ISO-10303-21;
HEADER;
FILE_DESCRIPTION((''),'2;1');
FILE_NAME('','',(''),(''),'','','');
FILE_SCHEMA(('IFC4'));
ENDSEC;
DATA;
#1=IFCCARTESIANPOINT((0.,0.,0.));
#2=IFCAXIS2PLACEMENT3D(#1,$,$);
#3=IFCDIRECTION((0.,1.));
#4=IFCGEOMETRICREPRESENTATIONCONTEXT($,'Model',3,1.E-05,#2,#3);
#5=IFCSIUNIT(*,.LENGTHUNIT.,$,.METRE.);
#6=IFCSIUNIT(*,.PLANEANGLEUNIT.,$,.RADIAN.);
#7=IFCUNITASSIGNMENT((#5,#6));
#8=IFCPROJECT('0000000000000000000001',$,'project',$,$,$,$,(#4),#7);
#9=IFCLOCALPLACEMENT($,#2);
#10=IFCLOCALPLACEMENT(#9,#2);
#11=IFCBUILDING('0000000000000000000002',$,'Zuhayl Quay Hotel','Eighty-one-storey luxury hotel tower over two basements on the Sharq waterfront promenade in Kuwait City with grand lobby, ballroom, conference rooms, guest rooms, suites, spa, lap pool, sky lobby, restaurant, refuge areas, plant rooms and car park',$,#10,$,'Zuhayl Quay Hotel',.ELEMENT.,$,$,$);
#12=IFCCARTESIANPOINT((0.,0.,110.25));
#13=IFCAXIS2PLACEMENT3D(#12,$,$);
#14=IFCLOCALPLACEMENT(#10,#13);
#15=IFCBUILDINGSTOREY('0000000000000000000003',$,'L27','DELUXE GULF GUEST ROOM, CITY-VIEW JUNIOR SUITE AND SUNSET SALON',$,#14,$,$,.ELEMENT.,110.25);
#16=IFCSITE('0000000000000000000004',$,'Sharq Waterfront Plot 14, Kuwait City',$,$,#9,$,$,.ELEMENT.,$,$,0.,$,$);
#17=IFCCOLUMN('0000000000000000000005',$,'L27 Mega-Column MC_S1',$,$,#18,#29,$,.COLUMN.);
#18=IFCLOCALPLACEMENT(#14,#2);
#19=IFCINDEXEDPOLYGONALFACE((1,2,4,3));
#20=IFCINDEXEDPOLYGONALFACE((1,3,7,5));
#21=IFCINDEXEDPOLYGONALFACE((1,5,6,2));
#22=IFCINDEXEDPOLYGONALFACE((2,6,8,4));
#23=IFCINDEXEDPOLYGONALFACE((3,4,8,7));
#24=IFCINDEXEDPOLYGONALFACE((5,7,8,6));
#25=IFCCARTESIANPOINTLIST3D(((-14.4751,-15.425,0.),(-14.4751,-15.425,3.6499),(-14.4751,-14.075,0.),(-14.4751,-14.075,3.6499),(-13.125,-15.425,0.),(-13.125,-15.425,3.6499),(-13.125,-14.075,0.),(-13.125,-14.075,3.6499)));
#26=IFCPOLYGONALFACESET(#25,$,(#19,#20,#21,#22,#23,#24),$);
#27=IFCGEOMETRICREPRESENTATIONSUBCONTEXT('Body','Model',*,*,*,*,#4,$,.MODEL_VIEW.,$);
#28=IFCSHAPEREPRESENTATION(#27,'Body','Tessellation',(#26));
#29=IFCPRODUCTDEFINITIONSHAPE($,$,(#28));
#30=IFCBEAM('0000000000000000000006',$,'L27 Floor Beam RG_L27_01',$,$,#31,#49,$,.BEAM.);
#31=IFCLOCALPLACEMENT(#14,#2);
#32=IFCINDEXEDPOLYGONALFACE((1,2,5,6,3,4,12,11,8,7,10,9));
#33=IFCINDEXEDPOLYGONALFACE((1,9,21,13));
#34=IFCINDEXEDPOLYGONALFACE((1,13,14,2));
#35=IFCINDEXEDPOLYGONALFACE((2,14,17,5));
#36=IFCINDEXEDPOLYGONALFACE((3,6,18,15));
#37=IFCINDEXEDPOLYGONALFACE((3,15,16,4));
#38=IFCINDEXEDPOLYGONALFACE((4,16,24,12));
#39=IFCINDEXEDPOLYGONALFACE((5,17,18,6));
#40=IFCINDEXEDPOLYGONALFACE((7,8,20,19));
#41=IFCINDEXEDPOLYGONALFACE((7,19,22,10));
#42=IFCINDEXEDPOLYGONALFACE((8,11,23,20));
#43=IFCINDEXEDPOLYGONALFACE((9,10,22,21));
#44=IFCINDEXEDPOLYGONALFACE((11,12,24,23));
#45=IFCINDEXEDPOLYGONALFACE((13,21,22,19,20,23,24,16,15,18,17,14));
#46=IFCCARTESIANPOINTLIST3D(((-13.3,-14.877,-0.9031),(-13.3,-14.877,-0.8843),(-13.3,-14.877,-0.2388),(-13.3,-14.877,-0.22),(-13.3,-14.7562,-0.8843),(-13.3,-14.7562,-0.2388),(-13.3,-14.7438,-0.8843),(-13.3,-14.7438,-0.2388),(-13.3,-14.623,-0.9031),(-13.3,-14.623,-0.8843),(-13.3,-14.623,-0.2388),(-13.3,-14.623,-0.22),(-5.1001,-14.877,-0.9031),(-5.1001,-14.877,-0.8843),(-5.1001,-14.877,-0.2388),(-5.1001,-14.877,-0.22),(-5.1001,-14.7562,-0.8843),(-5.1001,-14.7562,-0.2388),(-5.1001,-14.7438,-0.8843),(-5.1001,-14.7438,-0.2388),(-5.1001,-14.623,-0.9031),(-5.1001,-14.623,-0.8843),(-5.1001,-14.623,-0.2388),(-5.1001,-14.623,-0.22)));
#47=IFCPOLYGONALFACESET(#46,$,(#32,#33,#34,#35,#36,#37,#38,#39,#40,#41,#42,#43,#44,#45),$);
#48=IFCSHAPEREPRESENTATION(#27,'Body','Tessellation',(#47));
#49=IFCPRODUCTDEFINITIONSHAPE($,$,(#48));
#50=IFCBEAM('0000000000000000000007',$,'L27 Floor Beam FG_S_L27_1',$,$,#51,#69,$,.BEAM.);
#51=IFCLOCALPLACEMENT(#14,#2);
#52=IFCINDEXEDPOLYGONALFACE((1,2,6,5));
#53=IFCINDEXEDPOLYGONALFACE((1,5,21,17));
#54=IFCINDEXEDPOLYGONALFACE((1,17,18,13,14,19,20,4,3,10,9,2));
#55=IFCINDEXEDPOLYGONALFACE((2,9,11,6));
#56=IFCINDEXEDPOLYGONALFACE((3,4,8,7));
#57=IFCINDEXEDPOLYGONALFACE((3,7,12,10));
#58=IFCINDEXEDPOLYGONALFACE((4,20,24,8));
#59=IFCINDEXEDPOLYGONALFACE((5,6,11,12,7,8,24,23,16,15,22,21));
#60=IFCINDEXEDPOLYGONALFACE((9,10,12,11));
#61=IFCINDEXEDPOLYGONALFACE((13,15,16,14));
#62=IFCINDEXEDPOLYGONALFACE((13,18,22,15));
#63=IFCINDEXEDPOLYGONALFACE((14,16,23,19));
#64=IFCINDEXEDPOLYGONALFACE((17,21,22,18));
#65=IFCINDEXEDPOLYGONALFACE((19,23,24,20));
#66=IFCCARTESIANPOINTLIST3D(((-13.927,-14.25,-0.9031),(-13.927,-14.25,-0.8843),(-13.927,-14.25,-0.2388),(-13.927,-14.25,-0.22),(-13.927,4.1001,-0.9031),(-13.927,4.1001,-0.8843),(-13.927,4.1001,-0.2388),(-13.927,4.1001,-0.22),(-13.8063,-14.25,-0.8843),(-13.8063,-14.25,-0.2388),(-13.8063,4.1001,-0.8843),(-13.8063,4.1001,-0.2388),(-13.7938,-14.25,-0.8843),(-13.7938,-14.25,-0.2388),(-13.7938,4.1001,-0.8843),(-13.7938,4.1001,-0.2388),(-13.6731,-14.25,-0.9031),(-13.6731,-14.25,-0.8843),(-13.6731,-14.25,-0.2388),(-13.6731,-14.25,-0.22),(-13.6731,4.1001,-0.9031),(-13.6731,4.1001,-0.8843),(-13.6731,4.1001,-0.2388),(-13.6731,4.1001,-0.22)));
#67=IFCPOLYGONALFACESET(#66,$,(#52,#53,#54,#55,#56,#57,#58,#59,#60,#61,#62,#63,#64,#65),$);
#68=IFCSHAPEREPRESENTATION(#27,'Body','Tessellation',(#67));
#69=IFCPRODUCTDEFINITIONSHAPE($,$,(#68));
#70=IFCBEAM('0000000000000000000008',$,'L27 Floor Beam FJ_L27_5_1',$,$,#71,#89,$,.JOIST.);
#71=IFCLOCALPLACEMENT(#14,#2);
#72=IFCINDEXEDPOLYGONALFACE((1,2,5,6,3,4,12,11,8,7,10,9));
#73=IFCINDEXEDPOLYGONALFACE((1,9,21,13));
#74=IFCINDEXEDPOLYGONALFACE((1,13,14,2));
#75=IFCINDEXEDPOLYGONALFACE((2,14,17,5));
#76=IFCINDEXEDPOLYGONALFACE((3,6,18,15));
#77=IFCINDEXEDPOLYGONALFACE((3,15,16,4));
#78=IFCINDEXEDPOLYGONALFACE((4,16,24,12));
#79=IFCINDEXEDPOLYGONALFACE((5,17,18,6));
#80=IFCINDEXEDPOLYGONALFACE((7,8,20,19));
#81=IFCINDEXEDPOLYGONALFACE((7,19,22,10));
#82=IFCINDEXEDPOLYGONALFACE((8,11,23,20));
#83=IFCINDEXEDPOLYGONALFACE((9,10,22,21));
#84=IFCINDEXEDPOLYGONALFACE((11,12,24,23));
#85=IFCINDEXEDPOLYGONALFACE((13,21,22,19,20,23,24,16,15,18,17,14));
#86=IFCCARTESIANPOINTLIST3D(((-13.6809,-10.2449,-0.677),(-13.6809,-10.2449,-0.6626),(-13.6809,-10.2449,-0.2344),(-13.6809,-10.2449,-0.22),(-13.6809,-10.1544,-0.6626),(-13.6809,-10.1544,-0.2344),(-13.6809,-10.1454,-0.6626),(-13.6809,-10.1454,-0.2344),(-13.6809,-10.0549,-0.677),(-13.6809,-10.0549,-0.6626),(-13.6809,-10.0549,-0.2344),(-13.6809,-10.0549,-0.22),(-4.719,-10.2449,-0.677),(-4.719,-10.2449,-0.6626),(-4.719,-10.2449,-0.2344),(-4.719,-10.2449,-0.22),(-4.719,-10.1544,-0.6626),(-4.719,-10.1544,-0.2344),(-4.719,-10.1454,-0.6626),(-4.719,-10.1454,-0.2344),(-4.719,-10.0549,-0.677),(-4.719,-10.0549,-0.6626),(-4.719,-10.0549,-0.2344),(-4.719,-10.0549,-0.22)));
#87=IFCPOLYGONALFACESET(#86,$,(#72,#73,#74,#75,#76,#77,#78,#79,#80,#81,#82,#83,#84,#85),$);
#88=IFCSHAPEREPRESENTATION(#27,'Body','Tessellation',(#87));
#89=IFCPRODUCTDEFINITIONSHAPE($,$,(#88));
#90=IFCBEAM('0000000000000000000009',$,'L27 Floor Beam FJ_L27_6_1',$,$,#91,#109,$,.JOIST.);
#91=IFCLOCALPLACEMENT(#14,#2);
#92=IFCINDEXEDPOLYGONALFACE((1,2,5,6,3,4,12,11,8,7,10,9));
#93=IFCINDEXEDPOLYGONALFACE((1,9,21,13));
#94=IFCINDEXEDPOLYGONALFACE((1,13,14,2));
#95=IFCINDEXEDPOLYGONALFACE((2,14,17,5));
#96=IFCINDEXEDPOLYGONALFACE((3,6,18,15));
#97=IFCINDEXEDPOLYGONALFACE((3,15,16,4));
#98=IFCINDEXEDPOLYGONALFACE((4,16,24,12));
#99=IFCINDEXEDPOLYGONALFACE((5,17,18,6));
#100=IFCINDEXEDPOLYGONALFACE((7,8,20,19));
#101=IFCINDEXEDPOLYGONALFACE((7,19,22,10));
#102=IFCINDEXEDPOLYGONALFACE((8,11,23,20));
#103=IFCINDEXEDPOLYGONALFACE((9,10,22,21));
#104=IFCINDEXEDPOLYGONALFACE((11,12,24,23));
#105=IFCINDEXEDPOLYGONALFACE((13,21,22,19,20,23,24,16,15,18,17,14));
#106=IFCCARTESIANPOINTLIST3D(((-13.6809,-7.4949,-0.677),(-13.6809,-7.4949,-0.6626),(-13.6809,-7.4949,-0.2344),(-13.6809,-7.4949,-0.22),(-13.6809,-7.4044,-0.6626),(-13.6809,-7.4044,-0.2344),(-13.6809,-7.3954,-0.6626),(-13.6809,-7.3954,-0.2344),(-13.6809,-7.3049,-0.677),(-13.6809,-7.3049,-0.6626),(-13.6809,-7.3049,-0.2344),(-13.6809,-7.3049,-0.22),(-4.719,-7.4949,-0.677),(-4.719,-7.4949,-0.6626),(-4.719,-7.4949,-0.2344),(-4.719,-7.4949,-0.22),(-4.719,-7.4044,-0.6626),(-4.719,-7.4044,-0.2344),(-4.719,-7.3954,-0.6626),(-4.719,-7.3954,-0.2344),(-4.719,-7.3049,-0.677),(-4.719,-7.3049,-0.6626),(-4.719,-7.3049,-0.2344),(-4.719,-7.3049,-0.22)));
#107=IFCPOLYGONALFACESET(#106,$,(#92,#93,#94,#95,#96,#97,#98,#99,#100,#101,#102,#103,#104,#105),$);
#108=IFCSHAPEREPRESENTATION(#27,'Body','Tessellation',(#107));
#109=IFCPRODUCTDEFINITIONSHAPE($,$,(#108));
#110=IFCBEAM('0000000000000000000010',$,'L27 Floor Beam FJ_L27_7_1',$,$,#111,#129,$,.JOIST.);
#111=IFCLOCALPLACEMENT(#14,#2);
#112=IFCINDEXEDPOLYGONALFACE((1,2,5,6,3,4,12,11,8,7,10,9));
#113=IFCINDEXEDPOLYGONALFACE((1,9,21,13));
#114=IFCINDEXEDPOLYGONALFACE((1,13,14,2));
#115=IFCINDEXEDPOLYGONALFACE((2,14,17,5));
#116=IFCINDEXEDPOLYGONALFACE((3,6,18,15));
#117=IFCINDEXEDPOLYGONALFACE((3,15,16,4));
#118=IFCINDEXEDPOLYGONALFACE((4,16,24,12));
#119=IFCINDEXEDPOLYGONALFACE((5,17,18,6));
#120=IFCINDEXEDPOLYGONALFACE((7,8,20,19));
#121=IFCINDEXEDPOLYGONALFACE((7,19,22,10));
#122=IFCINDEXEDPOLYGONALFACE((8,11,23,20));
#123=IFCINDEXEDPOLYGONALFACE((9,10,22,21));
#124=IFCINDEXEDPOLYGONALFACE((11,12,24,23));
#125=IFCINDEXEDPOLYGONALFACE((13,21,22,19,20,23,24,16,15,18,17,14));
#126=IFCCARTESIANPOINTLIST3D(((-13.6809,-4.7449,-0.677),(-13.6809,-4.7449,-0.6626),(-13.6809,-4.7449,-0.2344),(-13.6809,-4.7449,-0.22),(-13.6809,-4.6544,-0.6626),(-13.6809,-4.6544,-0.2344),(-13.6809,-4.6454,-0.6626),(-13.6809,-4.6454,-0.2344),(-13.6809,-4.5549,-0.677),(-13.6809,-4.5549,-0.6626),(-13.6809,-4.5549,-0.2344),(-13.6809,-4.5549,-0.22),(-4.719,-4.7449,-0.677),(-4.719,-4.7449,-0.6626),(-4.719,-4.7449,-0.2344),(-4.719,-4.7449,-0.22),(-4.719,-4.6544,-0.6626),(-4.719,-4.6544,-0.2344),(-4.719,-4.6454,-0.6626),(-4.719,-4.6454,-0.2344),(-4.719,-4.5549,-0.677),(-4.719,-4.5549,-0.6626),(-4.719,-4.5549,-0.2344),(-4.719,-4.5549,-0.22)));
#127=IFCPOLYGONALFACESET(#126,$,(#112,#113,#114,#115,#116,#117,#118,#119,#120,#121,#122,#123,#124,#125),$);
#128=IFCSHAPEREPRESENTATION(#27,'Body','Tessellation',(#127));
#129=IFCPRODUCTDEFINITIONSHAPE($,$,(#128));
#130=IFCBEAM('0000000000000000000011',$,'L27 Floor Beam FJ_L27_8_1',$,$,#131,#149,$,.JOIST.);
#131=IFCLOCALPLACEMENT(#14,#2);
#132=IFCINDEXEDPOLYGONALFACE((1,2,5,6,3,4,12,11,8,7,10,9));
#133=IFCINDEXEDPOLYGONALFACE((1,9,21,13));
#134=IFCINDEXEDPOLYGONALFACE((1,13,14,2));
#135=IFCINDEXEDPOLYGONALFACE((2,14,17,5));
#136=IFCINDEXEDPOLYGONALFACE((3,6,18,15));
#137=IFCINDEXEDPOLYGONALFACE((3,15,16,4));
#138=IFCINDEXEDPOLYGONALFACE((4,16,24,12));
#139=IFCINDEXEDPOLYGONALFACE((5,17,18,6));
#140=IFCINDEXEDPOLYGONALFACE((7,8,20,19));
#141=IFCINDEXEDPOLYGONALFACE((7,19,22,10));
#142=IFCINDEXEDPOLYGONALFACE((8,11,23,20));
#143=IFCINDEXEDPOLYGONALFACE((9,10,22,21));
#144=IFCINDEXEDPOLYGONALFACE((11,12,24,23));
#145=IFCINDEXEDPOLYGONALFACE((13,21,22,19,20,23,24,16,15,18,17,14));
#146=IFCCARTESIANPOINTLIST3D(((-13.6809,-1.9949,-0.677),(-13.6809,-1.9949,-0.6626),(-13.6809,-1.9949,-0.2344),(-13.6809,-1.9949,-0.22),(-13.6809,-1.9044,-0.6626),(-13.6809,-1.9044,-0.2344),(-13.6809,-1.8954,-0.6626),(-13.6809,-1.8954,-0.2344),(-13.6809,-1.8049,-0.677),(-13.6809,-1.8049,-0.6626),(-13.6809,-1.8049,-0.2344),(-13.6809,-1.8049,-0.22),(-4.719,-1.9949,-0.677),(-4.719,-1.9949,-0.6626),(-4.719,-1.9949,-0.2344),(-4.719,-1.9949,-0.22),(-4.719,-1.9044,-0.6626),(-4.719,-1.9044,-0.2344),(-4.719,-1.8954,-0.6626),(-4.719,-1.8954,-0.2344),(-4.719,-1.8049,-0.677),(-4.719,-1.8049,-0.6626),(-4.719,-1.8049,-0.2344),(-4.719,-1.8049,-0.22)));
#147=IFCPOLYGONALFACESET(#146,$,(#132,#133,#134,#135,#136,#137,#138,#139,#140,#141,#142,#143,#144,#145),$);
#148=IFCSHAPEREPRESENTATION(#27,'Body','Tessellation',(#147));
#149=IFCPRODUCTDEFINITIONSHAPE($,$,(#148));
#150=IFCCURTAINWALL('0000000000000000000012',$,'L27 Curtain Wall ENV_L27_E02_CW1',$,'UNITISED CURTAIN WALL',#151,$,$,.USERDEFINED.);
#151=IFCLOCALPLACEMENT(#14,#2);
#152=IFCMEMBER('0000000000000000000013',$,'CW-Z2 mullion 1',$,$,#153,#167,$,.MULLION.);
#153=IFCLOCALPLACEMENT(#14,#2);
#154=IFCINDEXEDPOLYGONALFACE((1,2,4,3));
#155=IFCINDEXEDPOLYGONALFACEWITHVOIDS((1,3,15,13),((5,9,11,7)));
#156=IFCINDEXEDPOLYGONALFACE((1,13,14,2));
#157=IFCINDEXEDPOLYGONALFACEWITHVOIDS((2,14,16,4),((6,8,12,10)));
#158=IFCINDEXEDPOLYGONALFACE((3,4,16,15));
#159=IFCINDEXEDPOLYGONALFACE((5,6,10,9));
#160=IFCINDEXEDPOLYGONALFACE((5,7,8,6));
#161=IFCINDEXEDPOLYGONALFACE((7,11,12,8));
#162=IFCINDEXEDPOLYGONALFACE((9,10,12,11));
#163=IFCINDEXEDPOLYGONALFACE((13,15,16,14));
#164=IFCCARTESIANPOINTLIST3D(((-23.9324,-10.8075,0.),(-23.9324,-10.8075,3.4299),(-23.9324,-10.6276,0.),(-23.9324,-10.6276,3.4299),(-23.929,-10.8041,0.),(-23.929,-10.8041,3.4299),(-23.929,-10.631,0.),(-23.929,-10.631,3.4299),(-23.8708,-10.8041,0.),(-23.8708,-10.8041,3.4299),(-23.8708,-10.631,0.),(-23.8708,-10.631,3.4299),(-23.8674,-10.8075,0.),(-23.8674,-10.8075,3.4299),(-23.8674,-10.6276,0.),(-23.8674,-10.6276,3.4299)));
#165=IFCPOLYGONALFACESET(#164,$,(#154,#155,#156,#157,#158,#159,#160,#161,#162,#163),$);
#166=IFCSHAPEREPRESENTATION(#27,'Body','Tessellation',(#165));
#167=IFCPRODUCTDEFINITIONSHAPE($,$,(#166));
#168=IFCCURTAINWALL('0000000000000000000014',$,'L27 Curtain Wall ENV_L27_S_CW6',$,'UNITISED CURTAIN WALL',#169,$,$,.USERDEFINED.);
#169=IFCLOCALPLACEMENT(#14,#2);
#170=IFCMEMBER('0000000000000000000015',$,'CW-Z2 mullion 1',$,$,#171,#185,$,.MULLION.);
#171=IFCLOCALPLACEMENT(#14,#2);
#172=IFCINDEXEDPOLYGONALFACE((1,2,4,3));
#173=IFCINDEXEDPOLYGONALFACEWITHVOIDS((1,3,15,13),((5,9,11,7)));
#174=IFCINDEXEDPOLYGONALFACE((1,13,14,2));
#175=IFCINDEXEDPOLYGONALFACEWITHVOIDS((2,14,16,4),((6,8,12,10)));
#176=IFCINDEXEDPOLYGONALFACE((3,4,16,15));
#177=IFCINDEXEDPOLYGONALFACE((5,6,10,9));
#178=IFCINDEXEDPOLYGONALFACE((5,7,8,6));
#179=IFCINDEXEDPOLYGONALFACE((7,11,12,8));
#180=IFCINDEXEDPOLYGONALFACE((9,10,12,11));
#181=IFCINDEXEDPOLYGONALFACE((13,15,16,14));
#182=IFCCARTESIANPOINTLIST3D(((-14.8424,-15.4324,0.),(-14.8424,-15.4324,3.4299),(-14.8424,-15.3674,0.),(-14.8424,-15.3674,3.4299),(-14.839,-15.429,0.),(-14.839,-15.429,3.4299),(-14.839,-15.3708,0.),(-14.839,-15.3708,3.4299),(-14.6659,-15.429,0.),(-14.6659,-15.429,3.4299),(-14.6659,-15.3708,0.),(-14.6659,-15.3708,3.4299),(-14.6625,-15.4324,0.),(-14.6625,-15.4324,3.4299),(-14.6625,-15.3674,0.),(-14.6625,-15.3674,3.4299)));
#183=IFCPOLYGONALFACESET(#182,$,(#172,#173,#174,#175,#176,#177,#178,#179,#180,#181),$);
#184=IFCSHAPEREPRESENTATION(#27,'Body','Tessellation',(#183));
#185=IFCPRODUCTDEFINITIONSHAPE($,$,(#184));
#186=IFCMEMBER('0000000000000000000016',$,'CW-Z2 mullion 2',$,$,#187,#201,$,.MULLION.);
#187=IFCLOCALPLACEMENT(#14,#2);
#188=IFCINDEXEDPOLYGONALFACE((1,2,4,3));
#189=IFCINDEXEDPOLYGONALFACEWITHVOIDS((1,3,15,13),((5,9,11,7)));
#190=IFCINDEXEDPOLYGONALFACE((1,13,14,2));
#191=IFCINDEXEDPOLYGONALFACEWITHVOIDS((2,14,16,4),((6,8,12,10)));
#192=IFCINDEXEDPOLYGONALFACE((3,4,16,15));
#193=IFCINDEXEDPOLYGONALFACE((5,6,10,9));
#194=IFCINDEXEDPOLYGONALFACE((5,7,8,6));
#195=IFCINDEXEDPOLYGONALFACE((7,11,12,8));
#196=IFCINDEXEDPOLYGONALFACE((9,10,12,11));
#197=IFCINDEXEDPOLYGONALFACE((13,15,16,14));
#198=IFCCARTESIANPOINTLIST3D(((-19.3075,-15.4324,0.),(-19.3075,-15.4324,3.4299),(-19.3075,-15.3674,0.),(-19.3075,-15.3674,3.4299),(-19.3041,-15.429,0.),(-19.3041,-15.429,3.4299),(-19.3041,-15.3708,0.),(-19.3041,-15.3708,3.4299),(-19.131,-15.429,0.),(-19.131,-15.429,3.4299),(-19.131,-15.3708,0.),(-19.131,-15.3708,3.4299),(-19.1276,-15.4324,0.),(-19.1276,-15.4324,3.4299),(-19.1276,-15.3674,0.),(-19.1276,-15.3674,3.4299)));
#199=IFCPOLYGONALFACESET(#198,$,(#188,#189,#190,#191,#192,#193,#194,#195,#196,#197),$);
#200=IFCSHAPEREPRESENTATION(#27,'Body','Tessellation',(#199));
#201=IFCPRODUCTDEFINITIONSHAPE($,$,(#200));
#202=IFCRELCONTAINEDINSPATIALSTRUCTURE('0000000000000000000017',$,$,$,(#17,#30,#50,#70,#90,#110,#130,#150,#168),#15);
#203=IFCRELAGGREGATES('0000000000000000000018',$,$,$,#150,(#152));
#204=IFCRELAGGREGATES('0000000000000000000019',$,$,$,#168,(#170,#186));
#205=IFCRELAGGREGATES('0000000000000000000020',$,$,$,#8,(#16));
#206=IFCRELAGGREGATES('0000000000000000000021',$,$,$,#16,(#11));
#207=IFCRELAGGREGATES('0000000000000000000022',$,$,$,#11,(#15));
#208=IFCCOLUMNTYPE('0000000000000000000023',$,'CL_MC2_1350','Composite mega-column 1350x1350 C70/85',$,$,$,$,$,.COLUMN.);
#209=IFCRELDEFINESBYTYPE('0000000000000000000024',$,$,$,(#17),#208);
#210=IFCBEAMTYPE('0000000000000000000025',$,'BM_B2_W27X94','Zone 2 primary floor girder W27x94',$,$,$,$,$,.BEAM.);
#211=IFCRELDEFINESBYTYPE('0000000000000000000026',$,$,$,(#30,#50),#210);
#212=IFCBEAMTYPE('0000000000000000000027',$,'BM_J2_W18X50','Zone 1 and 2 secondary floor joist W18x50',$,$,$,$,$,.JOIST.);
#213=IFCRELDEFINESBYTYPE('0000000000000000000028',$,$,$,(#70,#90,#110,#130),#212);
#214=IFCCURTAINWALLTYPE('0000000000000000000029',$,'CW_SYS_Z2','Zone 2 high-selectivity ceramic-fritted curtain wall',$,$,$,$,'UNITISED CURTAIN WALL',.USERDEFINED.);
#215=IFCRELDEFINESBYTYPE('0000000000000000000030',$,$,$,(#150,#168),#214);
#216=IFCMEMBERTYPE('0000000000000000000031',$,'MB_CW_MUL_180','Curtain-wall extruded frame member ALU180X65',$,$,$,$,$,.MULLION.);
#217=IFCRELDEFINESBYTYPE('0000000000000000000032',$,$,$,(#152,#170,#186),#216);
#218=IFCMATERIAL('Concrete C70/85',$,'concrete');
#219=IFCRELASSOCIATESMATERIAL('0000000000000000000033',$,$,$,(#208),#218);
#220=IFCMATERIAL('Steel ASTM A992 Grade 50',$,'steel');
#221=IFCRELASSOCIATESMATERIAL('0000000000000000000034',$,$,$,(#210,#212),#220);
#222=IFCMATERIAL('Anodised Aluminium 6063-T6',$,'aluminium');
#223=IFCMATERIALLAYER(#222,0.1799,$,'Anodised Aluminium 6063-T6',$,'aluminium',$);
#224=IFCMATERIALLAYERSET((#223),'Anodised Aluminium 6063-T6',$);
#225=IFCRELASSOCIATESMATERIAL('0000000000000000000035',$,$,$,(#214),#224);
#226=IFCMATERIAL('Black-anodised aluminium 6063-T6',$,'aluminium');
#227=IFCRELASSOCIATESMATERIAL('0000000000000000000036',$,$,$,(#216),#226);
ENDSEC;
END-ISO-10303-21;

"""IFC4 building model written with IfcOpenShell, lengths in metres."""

from ifc_helpers import new_model, si_unit, direction, frame, origin, origin_2d, place, context, subcontext, project, spatial, rectangle, hollow_rectangle, i_section, extrude, material, layer, layer_set, material_profile, profile_set, type_object, element, aggregate, save


model = new_model("IFC4")

# Units and contexts
model_context = context("Model", 3, precision=1e-05, world=origin(), true_north=direction((0.0, 1.0)))
body_context = subcontext(model_context, "Body", "Model", "MODEL_VIEW")
ifc_project = project(units=[si_unit("LENGTHUNIT", "METRE"), si_unit("PLANEANGLEUNIT", "RADIAN")], contexts=[model_context])

# Site, building, storey
site_placement = place(None, origin())
site = spatial("IfcSite", under=ifc_project, at=site_placement, Name="Sharq Waterfront Plot 14, Kuwait City", CompositionType="ELEMENT", RefElevation=0.0)
building_placement = place(site_placement, origin())
building = spatial("IfcBuilding", under=site, at=building_placement, Name="Zuhayl Quay Hotel", Description="Eighty-one-storey luxury hotel tower over two basements on the Sharq waterfront promenade in Kuwait City with grand lobby, ballroom, conference rooms, guest rooms, suites, spa, lap pool, sky lobby, restaurant, refuge areas, plant rooms and car park", LongName="Zuhayl Quay Hotel", CompositionType="ELEMENT")
storey_placement = place(building_placement, frame((0.0, 0.0, 110.25)))
storey = spatial("IfcBuildingStorey", under=building, at=storey_placement, Name="L27", Description="DELUXE GULF GUEST ROOM, CITY-VIEW JUNIOR SUITE AND SUNSET SALON", CompositionType="ELEMENT", Elevation=110.25)

# Column
ifc_material_1 = material(Name="Concrete C70/85", Category="concrete")
ifc_material_profile_1 = material_profile(ifc_material_1, rectangle(XDim=1.3501, YDim=1.3501, at=origin_2d()), Name="RC1350X1350")
ifc_profile_set_1 = profile_set([ifc_material_profile_1], Name="Concrete C70/85")
column_type = type_object("IfcColumnType", Name="CL_MC2_1350", Description="Composite mega-column 1350x1350 C70/85", PredefinedType="COLUMN", material=ifc_profile_set_1)
column_placement = place(storey_placement, frame((-13.8, -14.75, 0.0), z_axis=(0.0, 0.0, 1.0), x_axis=(1.0, 0.0, 0.0)))
element("IfcColumn", 1, at=column_placement, inside=storey, type_object=column_type, Name="L27 Mega-Column MC_S1", PredefinedType="COLUMN", context=body_context, shape_type="SweptSolid", body=[
    extrude(rectangle(XDim=1.3501, YDim=1.3501, at=origin_2d()), origin(), (0.0, 0.0, 1.0), 3.6499),
])

# Beams
ifc_material_2 = material(Name="Steel ASTM A992 Grade 50", Category="steel")
ifc_material_profile_2 = material_profile(ifc_material_2, i_section(OverallWidth=0.2539, OverallDepth=0.6831, WebThickness=0.0125, FlangeThickness=0.0188, at=origin_2d()), Name="W27X94")
ifc_profile_set_2 = profile_set([ifc_material_profile_2], Name="Steel ASTM A992 Grade 50")
beam_type_1 = type_object("IfcBeamType", Name="BM_B2_W27X94", Description="Zone 2 primary floor girder W27x94", PredefinedType="BEAM", material=ifc_profile_set_2)
beam_1_placement = place(storey_placement, frame((-13.3, -14.75, -0.5615), z_axis=(1.0, 0.0, 0.0), x_axis=(0.0, 1.0, 0.0)))
element("IfcBeam", 2, at=beam_1_placement, inside=storey, type_object=beam_type_1, Name="L27 Floor Beam RG_L27_01", PredefinedType="BEAM", context=body_context, shape_type="SweptSolid", body=[
    extrude(i_section(OverallWidth=0.2539, OverallDepth=0.6831, WebThickness=0.0125, FlangeThickness=0.0188, at=origin_2d()), origin(), (0.0, 0.0, 1.0), 8.2),
])
beam_2_placement = place(storey_placement, frame((-13.8, -14.25, -0.5615), z_axis=(0.0, 1.0, 0.0), x_axis=(-1.0, 0.0, 0.0)))
element("IfcBeam", 3, at=beam_2_placement, inside=storey, type_object=beam_type_1, Name="L27 Floor Beam FG_S_L27_1", PredefinedType="BEAM", context=body_context, shape_type="SweptSolid", body=[
    extrude(i_section(OverallWidth=0.2539, OverallDepth=0.6831, WebThickness=0.0125, FlangeThickness=0.0188, at=origin_2d()), origin(), (0.0, 0.0, 1.0), 18.3501),
])
ifc_material_profile_3 = material_profile(ifc_material_2, i_section(OverallWidth=0.1899, OverallDepth=0.457, WebThickness=0.009, FlangeThickness=0.0144, at=origin_2d()), Name="W18X50")
ifc_profile_set_3 = profile_set([ifc_material_profile_3], Name="Steel ASTM A992 Grade 50")
beam_type_2 = type_object("IfcBeamType", Name="BM_J2_W18X50", Description="Zone 1 and 2 secondary floor joist W18x50", PredefinedType="JOIST", material=ifc_profile_set_3)
for number, where, z_axis, x_axis, name in (
    (4, (-13.6809, -10.1499, -0.4485), (1.0, 0.0, 0.0), (0.0, 1.0, 0.0), "L27 Floor Beam FJ_L27_5_1"),
    (5, (-13.6809, -7.3999, -0.4485), (1.0, 0.0, 0.0), (0.0, 1.0, 0.0), "L27 Floor Beam FJ_L27_6_1"),
    (6, (-13.6809, -4.6499, -0.4485), (1.0, 0.0, 0.0), (0.0, 1.0, 0.0), "L27 Floor Beam FJ_L27_7_1"),
    (7, (-13.6809, -1.8999, -0.4485), (1.0, 0.0, 0.0), (0.0, 1.0, 0.0), "L27 Floor Beam FJ_L27_8_1"),
):
    element("IfcBeam", number, at=place(storey_placement, frame(where, z_axis=z_axis, x_axis=x_axis)), inside=storey, type_object=beam_type_2, Name=name, PredefinedType="JOIST", context=body_context, shape_type="SweptSolid", body=[
        extrude(i_section(OverallWidth=0.1899, OverallDepth=0.457, WebThickness=0.009, FlangeThickness=0.0144, at=origin_2d()), origin(), (0.0, 0.0, 1.0), 8.9619),
    ])

# Curtain wall, member
ifc_material_3 = material(Name="Anodised Aluminium 6063-T6", Category="aluminium")
ifc_layer_1 = layer(ifc_material_3, 0.1799, Name="Anodised Aluminium 6063-T6", Category="aluminium")
ifc_layer_set_1 = layer_set([ifc_layer_1], Name="Anodised Aluminium 6063-T6")
curtain_wall_type = type_object("IfcCurtainWallType", Name="CW_SYS_Z2", Description="Zone 2 high-selectivity ceramic-fritted curtain wall", ElementType="UNITISED CURTAIN WALL", PredefinedType="USERDEFINED", material=ifc_layer_set_1)
curtain_wall_1_placement = place(storey_placement, origin())
curtain_wall_1 = element("IfcCurtainWall", 8, at=curtain_wall_1_placement, inside=storey, type_object=curtain_wall_type, Name="L27 Curtain Wall ENV_L27_E02_CW1", ObjectType="UNITISED CURTAIN WALL", PredefinedType="USERDEFINED")
ifc_material_4 = material(Name="Black-anodised aluminium 6063-T6", Category="aluminium")
ifc_material_profile_4 = material_profile(ifc_material_4, hollow_rectangle(XDim=0.0649, YDim=0.1799, WallThickness=0.0034, at=origin_2d()), Name="ALU180X65")
ifc_profile_set_4 = profile_set([ifc_material_profile_4], Name="Black-anodised aluminium 6063-T6")
member_type_1 = type_object("IfcMemberType", Name="MB_CW_MUL_180", Description="Curtain-wall extruded frame member ALU180X65", PredefinedType="MULLION", material=ifc_profile_set_4)
member_1_placement = place(storey_placement, frame((-23.8999, -10.7175, 0.0), z_axis=(0.0, 0.0, 1.0), x_axis=(-1.0, 0.0, 0.0)))
member_1 = element("IfcMember", 9, at=member_1_placement, type_object=member_type_1, Name="CW-Z2 mullion 1", PredefinedType="MULLION", context=body_context, shape_type="SweptSolid", body=[
    extrude(hollow_rectangle(XDim=0.0649, YDim=0.1799, WallThickness=0.0034, at=origin_2d()), origin(), (0.0, 0.0, 1.0), 3.4299),
])

# Curtain wall, members
curtain_wall_2_placement = place(storey_placement, origin())
curtain_wall_2 = element("IfcCurtainWall", 10, at=curtain_wall_2_placement, inside=storey, type_object=curtain_wall_type, Name="L27 Curtain Wall ENV_L27_S_CW6", ObjectType="UNITISED CURTAIN WALL", PredefinedType="USERDEFINED")
member_2_placement = place(storey_placement, frame((-14.7524, -15.3999, 0.0), z_axis=(0.0, 0.0, 1.0), x_axis=(0.0, -1.0, 0.0)))
member_2 = element("IfcMember", 11, at=member_2_placement, type_object=member_type_1, Name="CW-Z2 mullion 1", PredefinedType="MULLION", context=body_context, shape_type="SweptSolid", body=[
    extrude(hollow_rectangle(XDim=0.0649, YDim=0.1799, WallThickness=0.0034, at=origin_2d()), origin(), (0.0, 0.0, 1.0), 3.4299),
])
member_3_placement = place(storey_placement, frame((-19.2175, -15.3999, 0.0), z_axis=(0.0, 0.0, 1.0), x_axis=(0.0, -1.0, 0.0)))
member_3 = element("IfcMember", 12, at=member_3_placement, type_object=member_type_1, Name="CW-Z2 mullion 2", PredefinedType="MULLION", context=body_context, shape_type="SweptSolid", body=[
    extrude(hollow_rectangle(XDim=0.0649, YDim=0.1799, WallThickness=0.0034, at=origin_2d()), origin(), (0.0, 0.0, 1.0), 3.4299),
])

aggregate(curtain_wall_1, [member_1])
aggregate(curtain_wall_2, [member_2, member_3])

save(model, "model.ifc")
